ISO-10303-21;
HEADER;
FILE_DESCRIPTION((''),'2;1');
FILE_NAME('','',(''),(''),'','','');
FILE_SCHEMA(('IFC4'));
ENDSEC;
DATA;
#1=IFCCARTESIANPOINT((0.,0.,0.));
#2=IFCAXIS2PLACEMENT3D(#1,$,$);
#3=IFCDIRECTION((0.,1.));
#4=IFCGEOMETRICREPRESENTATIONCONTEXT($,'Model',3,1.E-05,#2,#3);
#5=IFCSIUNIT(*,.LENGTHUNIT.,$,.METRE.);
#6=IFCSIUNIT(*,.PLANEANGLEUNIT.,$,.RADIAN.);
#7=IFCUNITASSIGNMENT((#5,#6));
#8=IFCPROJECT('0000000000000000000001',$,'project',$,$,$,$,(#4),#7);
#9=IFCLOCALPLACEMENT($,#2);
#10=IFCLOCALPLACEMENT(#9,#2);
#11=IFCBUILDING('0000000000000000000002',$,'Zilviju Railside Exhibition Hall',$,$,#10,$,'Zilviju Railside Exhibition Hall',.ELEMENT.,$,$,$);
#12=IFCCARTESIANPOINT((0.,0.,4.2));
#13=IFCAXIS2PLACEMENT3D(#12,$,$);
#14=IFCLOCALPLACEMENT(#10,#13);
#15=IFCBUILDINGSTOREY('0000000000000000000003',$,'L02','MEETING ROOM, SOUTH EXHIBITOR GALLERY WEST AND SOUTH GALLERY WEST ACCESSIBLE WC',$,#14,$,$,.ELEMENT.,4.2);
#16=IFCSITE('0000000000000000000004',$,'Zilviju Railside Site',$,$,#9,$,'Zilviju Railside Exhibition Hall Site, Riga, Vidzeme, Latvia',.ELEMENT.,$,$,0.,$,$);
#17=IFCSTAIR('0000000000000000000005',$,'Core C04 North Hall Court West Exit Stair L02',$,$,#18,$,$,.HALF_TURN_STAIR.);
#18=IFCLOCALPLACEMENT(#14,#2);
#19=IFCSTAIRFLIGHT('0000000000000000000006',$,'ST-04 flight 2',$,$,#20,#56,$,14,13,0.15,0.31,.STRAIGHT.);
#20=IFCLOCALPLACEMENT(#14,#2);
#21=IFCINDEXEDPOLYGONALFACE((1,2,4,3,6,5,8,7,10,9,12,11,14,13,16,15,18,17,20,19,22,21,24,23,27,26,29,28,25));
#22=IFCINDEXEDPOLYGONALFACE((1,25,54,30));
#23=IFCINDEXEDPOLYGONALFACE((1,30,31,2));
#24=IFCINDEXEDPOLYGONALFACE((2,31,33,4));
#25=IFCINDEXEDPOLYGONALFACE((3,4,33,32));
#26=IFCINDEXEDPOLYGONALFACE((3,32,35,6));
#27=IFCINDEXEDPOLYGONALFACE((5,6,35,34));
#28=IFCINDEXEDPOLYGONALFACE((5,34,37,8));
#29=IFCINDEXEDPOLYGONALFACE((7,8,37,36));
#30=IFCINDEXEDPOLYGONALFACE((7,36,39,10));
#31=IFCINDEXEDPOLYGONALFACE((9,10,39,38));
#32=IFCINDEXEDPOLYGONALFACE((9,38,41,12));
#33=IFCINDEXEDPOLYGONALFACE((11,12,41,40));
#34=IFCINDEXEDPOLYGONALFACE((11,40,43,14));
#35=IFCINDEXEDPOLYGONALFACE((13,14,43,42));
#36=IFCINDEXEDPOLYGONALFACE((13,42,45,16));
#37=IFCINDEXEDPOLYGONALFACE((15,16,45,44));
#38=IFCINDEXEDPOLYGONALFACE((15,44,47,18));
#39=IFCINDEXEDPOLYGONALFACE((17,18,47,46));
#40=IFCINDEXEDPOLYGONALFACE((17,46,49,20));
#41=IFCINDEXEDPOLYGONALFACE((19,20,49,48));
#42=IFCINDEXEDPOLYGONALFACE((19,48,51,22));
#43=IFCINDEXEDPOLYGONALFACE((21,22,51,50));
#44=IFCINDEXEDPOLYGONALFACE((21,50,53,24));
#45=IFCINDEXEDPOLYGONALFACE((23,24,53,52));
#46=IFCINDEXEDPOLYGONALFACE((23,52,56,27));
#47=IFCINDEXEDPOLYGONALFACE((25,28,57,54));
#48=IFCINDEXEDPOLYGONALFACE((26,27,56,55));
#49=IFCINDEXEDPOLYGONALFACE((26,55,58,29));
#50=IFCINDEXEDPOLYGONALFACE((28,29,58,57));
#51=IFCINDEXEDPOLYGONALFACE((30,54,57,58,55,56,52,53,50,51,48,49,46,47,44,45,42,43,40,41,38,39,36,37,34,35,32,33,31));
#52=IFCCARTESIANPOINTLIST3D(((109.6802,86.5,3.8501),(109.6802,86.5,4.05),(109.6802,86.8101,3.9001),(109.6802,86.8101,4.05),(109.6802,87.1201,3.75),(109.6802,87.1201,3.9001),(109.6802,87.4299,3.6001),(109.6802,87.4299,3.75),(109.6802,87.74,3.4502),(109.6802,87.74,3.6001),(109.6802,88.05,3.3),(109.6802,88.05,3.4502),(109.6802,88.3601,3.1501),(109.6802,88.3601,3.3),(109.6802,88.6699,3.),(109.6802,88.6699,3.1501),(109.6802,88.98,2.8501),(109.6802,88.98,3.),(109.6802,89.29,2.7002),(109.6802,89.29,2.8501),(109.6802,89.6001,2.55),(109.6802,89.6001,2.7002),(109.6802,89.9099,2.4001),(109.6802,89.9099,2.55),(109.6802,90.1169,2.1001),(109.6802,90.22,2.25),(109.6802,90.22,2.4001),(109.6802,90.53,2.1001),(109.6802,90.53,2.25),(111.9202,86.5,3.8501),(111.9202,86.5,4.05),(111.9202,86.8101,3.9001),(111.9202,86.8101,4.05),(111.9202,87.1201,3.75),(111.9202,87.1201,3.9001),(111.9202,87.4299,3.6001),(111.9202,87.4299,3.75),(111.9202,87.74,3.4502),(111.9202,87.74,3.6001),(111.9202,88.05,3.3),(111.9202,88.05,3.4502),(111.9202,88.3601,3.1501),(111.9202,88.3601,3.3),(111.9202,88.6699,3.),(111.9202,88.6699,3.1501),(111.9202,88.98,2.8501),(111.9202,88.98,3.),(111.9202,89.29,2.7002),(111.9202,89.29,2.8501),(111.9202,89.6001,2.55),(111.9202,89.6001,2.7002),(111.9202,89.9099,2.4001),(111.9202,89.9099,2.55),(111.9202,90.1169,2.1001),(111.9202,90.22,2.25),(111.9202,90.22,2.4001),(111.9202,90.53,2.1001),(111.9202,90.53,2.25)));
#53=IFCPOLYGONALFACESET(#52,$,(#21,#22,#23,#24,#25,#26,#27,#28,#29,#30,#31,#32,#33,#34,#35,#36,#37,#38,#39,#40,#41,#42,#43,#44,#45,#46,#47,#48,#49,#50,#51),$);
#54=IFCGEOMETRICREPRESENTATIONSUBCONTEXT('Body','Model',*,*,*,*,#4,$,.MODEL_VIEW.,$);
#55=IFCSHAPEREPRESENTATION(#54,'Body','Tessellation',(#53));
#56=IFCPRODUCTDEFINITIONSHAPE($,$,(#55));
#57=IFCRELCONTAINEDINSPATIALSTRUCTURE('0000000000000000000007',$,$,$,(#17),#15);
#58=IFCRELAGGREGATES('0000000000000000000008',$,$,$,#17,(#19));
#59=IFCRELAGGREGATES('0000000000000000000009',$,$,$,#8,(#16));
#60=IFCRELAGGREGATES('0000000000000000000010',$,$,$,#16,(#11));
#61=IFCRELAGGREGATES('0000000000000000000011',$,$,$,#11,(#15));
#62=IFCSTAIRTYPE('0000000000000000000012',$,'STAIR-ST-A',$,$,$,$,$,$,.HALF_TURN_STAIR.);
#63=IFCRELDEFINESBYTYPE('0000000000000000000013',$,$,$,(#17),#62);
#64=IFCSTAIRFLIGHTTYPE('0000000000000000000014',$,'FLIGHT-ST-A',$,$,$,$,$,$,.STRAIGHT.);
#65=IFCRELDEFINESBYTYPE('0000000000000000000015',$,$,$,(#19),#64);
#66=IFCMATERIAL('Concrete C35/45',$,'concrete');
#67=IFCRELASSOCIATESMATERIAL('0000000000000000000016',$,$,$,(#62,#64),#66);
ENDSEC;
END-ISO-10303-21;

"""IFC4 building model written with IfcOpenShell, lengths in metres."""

from ifc_helpers import new_model, si_unit, direction, frame, origin, place, context, subcontext, project, spatial, polyline, outline, extrude, material, type_object, element, aggregate, save


model = new_model("IFC4")

# Units and contexts
model_context = context("Model", 3, precision=1e-05, world=origin(), true_north=direction((0.0, 1.0)))
body_context = subcontext(model_context, "Body", "Model", "MODEL_VIEW")
ifc_project = project(units=[si_unit("LENGTHUNIT", "METRE"), si_unit("PLANEANGLEUNIT", "RADIAN")], contexts=[model_context])

# Site, building, storey
site_placement = place(None, origin())
site = spatial("IfcSite", under=ifc_project, at=site_placement, Name="Zilviju Railside Site", LongName="Zilviju Railside Exhibition Hall Site, Riga, Vidzeme, Latvia", CompositionType="ELEMENT", RefElevation=0.0)
building_placement = place(site_placement, origin())
building = spatial("IfcBuilding", under=site, at=building_placement, Name="Zilviju Railside Exhibition Hall", LongName="Zilviju Railside Exhibition Hall", CompositionType="ELEMENT")
storey_placement = place(building_placement, frame((0.0, 0.0, 4.2)))
storey = spatial("IfcBuildingStorey", under=building, at=storey_placement, Name="L02", Description="MEETING ROOM, SOUTH EXHIBITOR GALLERY WEST AND SOUTH GALLERY WEST ACCESSIBLE WC", CompositionType="ELEMENT", Elevation=4.2)

# Shared definitions
ifc_material_1 = material(Name="Concrete C35/45", Category="concrete")

# Stair, stair flight
stair_type = type_object("IfcStairType", Name="STAIR-ST-A", PredefinedType="HALF_TURN_STAIR", material=ifc_material_1)
stair_placement = place(storey_placement, origin())
stair = element("IfcStair", 1, at=stair_placement, inside=storey, type_object=stair_type, Name="Core C04 North Hall Court West Exit Stair L02", PredefinedType="HALF_TURN_STAIR")
stair_flight_type = type_object("IfcStairFlightType", Name="FLIGHT-ST-A", PredefinedType="STRAIGHT", material=ifc_material_1)
stair_flight_placement = place(storey_placement, frame((110.8, 90.53, 2.1001), z_axis=(0.0, 0.0, 1.0), x_axis=(0.0, -1.0, 0.0)))
stair_flight = element("IfcStairFlight", 2, at=stair_flight_placement, type_object=stair_flight_type, Name="ST-04 flight 2", NumberOfRisers=14, NumberOfTreads=13, PredefinedType="STRAIGHT", RiserHeight=0.15, TreadLength=0.31, context=body_context, shape_type="SweptSolid", body=[
    extrude(outline(polyline([(0.0, 0.0), (0.0, 0.1499), (0.3101, 0.1499), (0.3101, 0.3), (0.6201, 0.3), (0.6201, 0.45), (0.9299, 0.45), (0.9299, 0.6001), (1.24, 0.6001), (1.24, 0.75), (1.55, 0.75), (1.55, 0.8999), (1.8601, 0.8999), (1.8601, 1.05), (2.1699, 1.05), (2.1699, 1.2), (2.48, 1.2), (2.48, 1.3501), (2.79, 1.3501), (2.79, 1.5), (3.1001, 1.5), (3.1001, 1.6499), (3.4099, 1.6499), (3.4099, 1.8), (3.72, 1.8), (3.72, 1.95), (4.03, 1.95), (4.03, 2.1001), (4.03, 1.75), (0.4131, 0.0), (0.0, 0.0)])), frame((0.0, 1.1201, 0.0), z_axis=(0.0, -1.0, 0.0), x_axis=(1.0, 0.0, 0.0)), (0.0, 0.0, 1.0), 2.24),
])
aggregate(stair, [stair_flight])

save(model, "model.ifc")
